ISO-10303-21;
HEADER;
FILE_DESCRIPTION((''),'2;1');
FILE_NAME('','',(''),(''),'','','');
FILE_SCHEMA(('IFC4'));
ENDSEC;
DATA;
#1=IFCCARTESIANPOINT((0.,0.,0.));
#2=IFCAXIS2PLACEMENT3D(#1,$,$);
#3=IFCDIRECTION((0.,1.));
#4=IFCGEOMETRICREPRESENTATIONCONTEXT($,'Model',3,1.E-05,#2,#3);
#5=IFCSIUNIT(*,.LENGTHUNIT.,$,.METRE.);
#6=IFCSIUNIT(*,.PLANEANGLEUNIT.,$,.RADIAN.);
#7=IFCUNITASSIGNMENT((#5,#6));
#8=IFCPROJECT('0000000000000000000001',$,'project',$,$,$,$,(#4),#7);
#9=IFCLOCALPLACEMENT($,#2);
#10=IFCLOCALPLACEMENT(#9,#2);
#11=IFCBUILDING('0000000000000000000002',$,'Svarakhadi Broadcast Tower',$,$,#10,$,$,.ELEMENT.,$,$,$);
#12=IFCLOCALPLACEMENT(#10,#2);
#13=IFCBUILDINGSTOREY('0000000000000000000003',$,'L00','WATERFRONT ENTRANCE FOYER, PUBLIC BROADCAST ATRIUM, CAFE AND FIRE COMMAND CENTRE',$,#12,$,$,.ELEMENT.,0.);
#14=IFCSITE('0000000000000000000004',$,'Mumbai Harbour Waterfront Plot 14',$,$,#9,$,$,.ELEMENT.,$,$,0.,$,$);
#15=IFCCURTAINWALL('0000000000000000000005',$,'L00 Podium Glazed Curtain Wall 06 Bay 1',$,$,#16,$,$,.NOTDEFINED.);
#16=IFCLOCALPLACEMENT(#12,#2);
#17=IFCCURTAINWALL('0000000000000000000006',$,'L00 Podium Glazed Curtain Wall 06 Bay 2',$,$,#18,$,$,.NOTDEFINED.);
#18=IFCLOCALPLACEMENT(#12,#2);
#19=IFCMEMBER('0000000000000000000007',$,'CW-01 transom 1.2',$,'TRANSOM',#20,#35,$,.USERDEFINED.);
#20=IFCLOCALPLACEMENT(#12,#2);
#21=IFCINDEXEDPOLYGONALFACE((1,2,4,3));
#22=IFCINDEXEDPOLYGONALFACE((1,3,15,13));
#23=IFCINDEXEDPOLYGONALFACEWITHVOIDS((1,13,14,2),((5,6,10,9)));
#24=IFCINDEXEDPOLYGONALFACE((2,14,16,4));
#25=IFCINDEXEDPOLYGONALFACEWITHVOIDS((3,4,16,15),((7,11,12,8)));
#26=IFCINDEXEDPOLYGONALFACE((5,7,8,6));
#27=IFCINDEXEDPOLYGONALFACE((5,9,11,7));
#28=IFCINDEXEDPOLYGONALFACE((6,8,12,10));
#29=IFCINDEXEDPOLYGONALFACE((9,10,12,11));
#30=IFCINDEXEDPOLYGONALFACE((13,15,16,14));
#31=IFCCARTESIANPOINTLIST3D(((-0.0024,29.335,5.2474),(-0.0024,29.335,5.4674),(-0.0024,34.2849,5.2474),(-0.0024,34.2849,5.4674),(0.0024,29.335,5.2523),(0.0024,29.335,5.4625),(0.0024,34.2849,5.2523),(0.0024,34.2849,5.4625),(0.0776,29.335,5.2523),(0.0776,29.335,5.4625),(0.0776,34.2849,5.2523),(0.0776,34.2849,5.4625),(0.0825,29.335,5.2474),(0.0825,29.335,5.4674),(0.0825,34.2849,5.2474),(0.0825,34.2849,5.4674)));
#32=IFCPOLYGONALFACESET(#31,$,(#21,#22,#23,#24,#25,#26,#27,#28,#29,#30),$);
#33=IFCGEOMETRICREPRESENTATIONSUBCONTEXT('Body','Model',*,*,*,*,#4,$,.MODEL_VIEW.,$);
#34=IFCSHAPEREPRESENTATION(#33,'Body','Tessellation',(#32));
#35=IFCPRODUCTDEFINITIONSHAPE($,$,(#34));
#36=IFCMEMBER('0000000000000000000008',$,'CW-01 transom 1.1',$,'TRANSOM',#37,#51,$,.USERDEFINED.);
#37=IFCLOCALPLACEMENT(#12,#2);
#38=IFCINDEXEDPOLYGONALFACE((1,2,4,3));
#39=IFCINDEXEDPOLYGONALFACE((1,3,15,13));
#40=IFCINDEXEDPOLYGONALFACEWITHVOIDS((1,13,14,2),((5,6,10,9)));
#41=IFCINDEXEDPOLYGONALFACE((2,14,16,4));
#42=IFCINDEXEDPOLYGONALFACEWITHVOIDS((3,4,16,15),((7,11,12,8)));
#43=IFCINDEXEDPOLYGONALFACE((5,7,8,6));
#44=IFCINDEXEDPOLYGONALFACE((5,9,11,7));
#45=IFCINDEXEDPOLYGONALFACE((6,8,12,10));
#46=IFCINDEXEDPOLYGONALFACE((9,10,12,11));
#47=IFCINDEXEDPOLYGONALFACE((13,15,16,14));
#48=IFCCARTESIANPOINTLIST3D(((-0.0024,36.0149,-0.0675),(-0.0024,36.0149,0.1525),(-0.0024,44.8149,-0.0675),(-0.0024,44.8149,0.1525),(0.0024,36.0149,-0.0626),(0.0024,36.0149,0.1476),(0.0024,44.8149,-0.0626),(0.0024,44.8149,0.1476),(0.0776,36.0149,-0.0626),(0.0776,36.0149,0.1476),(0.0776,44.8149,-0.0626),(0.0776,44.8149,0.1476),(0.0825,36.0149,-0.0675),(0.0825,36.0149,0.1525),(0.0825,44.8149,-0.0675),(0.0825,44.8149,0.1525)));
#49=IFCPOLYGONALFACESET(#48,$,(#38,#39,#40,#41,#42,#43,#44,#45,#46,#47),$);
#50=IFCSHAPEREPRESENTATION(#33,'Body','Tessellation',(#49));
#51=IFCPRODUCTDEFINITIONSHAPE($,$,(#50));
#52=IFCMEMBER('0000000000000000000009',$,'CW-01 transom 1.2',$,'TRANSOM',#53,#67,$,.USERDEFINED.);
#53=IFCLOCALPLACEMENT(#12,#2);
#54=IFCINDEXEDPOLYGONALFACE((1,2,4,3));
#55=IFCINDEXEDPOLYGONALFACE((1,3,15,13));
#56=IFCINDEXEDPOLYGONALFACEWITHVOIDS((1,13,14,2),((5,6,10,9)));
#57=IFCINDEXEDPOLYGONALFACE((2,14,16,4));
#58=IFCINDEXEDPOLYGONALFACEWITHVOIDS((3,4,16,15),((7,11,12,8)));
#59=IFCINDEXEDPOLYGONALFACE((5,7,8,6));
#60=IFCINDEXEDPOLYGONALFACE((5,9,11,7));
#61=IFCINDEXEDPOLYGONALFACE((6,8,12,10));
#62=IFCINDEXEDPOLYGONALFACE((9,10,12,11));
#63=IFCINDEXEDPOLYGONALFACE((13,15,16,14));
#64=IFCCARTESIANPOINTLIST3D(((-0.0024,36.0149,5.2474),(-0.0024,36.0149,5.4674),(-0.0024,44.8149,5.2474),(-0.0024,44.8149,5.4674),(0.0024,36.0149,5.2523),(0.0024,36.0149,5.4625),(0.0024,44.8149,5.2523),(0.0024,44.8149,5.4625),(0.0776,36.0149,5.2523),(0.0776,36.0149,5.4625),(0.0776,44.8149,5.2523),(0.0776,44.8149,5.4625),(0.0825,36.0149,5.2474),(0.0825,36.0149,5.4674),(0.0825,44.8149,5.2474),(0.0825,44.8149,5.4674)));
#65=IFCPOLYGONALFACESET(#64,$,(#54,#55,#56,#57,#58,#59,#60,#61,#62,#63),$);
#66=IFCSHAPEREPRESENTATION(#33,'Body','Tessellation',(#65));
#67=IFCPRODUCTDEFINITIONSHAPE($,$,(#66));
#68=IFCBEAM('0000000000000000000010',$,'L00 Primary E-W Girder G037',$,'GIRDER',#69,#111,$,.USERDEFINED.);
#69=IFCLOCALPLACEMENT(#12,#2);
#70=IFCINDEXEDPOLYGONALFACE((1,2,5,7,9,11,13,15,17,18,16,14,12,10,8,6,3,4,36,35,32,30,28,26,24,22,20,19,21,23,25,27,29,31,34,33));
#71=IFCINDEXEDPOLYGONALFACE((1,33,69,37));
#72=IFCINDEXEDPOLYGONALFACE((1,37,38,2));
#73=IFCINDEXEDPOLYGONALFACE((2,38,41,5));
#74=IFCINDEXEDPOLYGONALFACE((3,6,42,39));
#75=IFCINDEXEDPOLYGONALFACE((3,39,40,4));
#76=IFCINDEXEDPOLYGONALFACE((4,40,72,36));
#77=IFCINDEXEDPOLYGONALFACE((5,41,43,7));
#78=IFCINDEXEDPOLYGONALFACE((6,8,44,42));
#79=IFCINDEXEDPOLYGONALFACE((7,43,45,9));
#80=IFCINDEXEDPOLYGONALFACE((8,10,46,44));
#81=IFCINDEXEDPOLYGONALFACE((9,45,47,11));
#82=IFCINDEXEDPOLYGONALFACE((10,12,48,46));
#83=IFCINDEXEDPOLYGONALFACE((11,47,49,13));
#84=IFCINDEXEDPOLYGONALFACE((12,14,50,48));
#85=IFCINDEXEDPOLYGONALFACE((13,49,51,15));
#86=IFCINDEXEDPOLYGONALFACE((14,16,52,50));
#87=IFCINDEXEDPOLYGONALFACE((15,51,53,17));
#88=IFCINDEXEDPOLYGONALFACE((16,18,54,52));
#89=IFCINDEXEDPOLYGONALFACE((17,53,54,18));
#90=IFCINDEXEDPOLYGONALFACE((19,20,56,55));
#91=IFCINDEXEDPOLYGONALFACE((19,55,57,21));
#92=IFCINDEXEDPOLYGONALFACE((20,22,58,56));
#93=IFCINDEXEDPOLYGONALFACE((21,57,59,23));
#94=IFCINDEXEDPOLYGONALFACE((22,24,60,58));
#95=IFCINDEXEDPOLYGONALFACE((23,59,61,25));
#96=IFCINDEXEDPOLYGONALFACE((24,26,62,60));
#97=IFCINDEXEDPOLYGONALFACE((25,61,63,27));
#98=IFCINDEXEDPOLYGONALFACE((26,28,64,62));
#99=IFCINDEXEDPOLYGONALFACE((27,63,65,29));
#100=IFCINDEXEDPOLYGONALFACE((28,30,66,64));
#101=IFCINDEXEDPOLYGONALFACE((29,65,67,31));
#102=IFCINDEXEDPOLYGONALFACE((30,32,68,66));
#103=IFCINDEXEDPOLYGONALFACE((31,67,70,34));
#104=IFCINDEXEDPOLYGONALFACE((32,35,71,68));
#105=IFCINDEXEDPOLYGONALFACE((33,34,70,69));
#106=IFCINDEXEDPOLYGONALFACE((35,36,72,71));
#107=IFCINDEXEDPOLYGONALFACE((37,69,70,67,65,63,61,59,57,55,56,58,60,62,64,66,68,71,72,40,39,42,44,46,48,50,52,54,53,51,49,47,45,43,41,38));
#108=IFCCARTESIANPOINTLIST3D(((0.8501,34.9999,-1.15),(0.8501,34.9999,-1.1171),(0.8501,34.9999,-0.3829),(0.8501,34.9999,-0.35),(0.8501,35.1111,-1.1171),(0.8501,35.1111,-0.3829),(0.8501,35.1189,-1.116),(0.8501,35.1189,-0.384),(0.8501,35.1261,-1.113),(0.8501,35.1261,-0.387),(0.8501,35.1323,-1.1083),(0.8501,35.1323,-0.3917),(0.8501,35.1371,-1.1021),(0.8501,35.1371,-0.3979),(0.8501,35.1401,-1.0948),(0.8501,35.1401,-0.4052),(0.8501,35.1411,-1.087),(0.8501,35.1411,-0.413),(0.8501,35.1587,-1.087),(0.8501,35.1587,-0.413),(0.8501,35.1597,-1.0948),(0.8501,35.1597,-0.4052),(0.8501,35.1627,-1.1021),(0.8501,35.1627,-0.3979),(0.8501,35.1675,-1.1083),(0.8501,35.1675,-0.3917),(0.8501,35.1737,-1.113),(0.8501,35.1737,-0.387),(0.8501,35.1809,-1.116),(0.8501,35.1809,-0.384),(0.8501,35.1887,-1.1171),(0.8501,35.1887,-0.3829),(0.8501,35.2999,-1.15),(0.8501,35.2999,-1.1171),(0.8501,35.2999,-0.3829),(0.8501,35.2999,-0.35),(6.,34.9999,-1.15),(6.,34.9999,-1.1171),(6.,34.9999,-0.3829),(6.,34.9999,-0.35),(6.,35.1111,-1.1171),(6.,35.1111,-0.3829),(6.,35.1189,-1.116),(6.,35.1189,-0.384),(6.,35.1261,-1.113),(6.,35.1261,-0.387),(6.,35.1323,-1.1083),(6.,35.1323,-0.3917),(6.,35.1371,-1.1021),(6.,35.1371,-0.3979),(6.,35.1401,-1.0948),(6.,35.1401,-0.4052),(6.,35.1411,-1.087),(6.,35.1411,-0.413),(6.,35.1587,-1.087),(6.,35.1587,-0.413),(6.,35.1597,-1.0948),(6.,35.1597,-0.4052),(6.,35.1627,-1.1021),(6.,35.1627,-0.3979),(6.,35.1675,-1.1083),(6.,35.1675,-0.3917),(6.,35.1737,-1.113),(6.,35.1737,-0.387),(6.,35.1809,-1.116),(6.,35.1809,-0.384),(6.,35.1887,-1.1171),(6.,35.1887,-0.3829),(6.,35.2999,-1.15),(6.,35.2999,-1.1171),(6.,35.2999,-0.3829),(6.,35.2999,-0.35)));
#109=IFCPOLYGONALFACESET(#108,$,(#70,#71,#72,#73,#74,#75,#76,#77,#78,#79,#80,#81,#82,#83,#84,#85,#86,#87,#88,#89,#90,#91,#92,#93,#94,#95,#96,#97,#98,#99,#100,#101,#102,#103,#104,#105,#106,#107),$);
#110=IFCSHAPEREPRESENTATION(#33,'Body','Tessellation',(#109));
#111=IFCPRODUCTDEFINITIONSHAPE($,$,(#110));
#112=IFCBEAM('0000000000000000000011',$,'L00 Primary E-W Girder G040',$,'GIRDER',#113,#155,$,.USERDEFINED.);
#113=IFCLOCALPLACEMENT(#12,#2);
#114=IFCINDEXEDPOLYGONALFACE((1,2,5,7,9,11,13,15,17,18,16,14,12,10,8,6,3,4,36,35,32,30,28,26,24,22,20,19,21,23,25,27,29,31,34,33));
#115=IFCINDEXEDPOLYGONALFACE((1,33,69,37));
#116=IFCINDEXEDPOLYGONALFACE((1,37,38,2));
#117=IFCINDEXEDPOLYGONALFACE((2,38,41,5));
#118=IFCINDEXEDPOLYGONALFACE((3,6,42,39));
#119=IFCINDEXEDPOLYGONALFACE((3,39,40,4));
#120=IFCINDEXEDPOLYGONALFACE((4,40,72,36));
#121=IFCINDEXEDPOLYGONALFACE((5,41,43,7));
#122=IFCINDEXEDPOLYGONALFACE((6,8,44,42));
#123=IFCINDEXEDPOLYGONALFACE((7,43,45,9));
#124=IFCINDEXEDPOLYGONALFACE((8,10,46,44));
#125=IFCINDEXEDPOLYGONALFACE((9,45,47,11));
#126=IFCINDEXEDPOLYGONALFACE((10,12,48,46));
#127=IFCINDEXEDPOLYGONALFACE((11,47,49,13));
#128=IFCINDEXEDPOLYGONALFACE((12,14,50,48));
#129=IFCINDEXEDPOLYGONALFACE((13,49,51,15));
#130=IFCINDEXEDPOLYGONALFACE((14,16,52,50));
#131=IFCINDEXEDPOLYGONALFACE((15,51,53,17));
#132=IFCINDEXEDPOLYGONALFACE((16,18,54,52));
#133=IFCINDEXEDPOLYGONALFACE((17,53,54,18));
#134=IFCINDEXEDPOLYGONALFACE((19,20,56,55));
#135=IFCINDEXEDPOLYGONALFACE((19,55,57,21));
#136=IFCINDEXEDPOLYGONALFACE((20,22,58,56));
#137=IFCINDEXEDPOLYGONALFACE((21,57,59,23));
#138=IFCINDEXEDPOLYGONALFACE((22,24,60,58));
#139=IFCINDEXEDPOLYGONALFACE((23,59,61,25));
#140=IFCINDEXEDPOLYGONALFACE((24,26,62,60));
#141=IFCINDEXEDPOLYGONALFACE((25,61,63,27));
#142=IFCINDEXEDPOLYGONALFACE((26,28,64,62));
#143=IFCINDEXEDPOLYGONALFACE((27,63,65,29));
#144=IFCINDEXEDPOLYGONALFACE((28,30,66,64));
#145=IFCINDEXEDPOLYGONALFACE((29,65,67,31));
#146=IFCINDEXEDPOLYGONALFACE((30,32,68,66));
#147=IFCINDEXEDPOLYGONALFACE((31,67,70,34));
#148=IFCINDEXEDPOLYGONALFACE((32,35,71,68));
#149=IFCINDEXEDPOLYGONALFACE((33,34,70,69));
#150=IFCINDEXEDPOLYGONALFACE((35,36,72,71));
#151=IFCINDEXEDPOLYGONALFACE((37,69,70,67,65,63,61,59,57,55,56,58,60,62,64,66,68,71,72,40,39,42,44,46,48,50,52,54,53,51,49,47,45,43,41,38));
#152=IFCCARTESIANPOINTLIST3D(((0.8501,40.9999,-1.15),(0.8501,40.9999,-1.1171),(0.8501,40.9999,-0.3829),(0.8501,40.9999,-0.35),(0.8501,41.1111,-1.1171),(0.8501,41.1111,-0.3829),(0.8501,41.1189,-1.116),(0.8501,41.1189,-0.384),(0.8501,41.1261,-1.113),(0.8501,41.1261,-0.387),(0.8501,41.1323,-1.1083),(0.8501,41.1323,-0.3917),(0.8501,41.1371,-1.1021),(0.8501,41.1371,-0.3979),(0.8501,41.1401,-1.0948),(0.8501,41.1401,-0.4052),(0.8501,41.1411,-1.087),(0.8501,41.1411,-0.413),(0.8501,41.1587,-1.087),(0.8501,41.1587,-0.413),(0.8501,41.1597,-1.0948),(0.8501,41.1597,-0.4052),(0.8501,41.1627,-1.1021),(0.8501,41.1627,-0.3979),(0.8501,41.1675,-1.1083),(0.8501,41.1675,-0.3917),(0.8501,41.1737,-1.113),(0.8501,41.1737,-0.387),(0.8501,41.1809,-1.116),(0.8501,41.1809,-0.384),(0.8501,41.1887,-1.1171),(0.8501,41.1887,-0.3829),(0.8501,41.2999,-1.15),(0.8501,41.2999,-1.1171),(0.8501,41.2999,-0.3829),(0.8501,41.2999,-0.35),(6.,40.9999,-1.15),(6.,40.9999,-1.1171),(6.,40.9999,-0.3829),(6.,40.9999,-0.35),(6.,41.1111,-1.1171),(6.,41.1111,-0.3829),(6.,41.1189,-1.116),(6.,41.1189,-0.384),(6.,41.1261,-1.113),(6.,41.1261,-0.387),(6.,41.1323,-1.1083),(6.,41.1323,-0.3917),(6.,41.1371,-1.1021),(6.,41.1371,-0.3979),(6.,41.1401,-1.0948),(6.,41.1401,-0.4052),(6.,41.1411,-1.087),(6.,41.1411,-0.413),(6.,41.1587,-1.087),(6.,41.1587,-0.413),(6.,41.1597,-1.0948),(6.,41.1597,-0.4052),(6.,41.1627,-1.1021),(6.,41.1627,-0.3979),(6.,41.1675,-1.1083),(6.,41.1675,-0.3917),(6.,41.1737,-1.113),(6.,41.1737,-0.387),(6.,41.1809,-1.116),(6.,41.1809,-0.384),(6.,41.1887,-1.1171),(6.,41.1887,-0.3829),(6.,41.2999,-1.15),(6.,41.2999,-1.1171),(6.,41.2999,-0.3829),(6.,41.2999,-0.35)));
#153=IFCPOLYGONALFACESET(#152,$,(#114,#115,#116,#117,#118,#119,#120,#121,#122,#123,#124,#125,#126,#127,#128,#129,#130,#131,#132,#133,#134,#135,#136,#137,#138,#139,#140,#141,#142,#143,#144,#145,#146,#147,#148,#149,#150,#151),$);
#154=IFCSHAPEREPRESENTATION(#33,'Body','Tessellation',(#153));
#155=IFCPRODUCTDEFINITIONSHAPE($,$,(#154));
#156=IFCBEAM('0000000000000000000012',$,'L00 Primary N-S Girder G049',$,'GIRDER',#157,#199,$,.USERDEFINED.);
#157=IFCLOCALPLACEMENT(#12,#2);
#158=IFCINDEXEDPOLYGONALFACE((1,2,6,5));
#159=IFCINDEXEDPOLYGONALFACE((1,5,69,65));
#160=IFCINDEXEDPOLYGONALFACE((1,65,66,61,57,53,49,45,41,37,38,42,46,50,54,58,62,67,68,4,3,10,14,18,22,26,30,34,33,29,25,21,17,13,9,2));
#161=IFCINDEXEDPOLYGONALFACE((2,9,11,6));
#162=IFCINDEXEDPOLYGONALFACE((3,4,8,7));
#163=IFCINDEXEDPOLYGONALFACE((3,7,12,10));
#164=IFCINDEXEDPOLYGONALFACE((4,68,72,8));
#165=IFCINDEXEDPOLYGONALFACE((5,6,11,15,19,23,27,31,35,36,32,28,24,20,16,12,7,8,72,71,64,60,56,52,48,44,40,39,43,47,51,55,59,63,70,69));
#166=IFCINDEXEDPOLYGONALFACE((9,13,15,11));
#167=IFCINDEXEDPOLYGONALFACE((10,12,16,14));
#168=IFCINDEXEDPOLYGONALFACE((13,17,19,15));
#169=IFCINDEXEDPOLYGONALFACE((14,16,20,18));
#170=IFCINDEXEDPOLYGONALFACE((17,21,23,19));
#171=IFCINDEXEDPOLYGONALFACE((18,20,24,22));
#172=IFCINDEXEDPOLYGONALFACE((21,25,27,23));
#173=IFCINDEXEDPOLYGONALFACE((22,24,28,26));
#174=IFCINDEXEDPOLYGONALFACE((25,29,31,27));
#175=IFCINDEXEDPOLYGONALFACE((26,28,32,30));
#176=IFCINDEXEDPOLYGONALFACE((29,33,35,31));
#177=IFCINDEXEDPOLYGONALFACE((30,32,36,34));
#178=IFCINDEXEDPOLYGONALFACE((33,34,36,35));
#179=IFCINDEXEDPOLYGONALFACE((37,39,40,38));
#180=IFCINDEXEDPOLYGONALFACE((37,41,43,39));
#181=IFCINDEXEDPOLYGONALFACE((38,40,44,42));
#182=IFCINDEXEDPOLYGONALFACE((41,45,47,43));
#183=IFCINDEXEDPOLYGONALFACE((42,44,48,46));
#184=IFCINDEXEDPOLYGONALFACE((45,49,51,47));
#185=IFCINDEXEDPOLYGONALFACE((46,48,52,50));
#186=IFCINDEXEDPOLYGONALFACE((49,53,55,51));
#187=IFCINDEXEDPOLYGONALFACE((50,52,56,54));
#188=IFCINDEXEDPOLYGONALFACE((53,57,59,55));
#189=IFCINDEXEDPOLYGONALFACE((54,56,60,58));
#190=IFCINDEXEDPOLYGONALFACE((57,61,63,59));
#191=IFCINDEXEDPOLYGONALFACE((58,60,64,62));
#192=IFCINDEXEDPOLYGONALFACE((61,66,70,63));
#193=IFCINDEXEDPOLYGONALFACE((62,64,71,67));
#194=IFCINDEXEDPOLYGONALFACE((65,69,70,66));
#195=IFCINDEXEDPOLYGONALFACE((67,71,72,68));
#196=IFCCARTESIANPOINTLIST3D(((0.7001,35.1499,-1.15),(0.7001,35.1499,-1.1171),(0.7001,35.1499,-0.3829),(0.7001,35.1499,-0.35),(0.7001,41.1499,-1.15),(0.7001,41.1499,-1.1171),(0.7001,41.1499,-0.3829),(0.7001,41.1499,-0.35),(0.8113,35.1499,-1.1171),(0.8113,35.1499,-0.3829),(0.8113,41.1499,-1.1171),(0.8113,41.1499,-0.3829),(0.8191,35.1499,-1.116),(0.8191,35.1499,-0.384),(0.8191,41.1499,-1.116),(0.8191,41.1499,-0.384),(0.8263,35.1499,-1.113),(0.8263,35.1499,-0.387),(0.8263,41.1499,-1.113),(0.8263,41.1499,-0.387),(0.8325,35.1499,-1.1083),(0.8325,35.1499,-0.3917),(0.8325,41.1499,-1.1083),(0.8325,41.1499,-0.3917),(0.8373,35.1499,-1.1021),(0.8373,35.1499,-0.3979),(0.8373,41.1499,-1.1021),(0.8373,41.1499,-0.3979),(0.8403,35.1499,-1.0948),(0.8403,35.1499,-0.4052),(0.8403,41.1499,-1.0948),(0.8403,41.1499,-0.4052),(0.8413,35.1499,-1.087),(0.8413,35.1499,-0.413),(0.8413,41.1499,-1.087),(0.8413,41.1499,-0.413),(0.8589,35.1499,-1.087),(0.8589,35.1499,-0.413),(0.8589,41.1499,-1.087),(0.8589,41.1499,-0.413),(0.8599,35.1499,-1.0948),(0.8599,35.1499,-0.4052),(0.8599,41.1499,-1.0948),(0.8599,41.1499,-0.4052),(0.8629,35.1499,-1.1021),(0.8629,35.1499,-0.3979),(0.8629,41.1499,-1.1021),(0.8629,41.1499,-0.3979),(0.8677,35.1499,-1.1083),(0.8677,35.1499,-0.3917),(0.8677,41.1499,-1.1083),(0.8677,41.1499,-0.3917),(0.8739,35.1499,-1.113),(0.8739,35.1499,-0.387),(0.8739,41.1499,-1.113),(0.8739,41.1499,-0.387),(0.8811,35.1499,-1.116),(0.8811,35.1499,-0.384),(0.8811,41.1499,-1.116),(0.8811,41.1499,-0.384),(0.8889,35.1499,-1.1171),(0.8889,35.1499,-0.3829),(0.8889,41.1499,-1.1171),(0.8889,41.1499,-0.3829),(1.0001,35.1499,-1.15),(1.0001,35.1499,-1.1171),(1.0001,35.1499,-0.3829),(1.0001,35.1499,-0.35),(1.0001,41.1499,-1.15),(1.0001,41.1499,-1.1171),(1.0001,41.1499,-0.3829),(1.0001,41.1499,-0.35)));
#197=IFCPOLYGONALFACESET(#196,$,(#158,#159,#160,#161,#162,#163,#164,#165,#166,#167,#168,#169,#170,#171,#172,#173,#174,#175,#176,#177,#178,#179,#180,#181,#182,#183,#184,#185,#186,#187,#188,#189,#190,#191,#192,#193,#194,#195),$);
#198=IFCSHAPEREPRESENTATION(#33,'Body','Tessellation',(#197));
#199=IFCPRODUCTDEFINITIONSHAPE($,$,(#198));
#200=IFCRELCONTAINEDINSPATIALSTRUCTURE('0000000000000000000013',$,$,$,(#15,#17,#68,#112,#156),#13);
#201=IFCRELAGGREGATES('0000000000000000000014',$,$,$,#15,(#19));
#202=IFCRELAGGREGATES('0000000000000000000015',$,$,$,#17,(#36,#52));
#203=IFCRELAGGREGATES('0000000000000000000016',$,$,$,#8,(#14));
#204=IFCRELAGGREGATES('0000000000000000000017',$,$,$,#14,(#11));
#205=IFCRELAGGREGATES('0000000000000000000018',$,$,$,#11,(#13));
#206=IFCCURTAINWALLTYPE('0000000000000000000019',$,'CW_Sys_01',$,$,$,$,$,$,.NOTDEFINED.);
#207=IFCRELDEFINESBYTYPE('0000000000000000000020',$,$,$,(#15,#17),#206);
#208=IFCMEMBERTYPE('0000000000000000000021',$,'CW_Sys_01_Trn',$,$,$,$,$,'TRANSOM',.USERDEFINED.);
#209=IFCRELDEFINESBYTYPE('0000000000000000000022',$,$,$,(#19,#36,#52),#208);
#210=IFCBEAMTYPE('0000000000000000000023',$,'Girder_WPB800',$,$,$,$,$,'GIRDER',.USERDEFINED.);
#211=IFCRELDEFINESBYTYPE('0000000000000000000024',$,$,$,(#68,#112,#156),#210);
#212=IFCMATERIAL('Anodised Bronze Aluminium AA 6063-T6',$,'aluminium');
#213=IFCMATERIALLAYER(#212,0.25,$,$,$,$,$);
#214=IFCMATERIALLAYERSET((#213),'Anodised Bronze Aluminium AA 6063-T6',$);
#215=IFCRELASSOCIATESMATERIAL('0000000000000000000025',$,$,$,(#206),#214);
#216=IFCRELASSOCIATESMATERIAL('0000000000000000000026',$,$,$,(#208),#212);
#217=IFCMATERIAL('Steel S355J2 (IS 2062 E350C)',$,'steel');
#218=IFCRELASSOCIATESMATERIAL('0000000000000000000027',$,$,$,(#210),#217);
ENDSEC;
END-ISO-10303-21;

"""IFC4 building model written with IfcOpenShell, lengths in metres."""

from ifc_helpers import new_model, si_unit, direction, frame, origin, origin_2d, place, context, subcontext, project, spatial, hollow_rectangle, i_section, extrude, material, layer, layer_set, material_profile, profile_set, type_object, element, aggregate, save


model = new_model("IFC4")

# Units and contexts
model_context = context("Model", 3, precision=1e-05, world=origin(), true_north=direction((0.0, 1.0)))
body_context = subcontext(model_context, "Body", "Model", "MODEL_VIEW")
ifc_project = project(units=[si_unit("LENGTHUNIT", "METRE"), si_unit("PLANEANGLEUNIT", "RADIAN")], contexts=[model_context])

# Site, building, storey
site_placement = place(None, origin())
site = spatial("IfcSite", under=ifc_project, at=site_placement, Name="Mumbai Harbour Waterfront Plot 14", CompositionType="ELEMENT", RefElevation=0.0)
building_placement = place(site_placement, origin())
building = spatial("IfcBuilding", under=site, at=building_placement, Name="Svarakhadi Broadcast Tower", CompositionType="ELEMENT")
storey_placement = place(building_placement, origin())
storey = spatial("IfcBuildingStorey", under=building, at=storey_placement, Name="L00", Description="WATERFRONT ENTRANCE FOYER, PUBLIC BROADCAST ATRIUM, CAFE AND FIRE COMMAND CENTRE", CompositionType="ELEMENT", Elevation=0.0)

# Shared definitions
ifc_material_1 = material(Name="Steel S355J2 (IS 2062 E350C)", Category="steel")

# Curtain walls
ifc_material_2 = material(Name="Anodised Bronze Aluminium AA 6063-T6", Category="aluminium")
ifc_layer_1 = layer(ifc_material_2, 0.25)
ifc_layer_set_1 = layer_set([ifc_layer_1], Name="Anodised Bronze Aluminium AA 6063-T6")
curtain_wall_type = type_object("IfcCurtainWallType", Name="CW_Sys_01", PredefinedType="NOTDEFINED", material=ifc_layer_set_1)
curtain_wall_1_placement = place(storey_placement, origin())
curtain_wall_1 = element("IfcCurtainWall", 1, at=curtain_wall_1_placement, inside=storey, type_object=curtain_wall_type, Name="L00 Podium Glazed Curtain Wall 06 Bay 1", PredefinedType="NOTDEFINED")
curtain_wall_2_placement = place(storey_placement, origin())
curtain_wall_2 = element("IfcCurtainWall", 2, at=curtain_wall_2_placement, inside=storey, type_object=curtain_wall_type, Name="L00 Podium Glazed Curtain Wall 06 Bay 2", PredefinedType="NOTDEFINED")

# Members
ifc_material_profile_1 = material_profile(ifc_material_2, hollow_rectangle(XDim=0.085, YDim=0.22, WallThickness=0.0049, at=origin_2d()), Name="ALU TRANSOM 220x85x5")
ifc_profile_set_1 = profile_set([ifc_material_profile_1], Name="Anodised Bronze Aluminium AA 6063-T6")
member_type_1 = type_object("IfcMemberType", Name="CW_Sys_01_Trn", ElementType="TRANSOM", PredefinedType="USERDEFINED", material=ifc_profile_set_1)
member_1_placement = place(storey_placement, frame((0.04, 29.335, 5.3574), z_axis=(0.0, 1.0, 0.0), x_axis=(-1.0, 0.0, 0.0)))
member_1 = element("IfcMember", 3, at=member_1_placement, type_object=member_type_1, Name="CW-01 transom 1.2", ObjectType="TRANSOM", PredefinedType="USERDEFINED", context=body_context, shape_type="SweptSolid", body=[
    extrude(hollow_rectangle(XDim=0.085, YDim=0.22, WallThickness=0.0049, at=origin_2d()), origin(), (0.0, 0.0, 1.0), 4.95),
])
member_2_placement = place(storey_placement, frame((0.04, 36.0149, 0.0425), z_axis=(0.0, 1.0, 0.0), x_axis=(-1.0, 0.0, 0.0)))
member_2 = element("IfcMember", 4, at=member_2_placement, type_object=member_type_1, Name="CW-01 transom 1.1", ObjectType="TRANSOM", PredefinedType="USERDEFINED", context=body_context, shape_type="SweptSolid", body=[
    extrude(hollow_rectangle(XDim=0.085, YDim=0.22, WallThickness=0.0049, at=origin_2d()), origin(), (0.0, 0.0, 1.0), 8.8),
])
member_3_placement = place(storey_placement, frame((0.04, 36.0149, 5.3574), z_axis=(0.0, 1.0, 0.0), x_axis=(-1.0, 0.0, 0.0)))
member_3 = element("IfcMember", 5, at=member_3_placement, type_object=member_type_1, Name="CW-01 transom 1.2", ObjectType="TRANSOM", PredefinedType="USERDEFINED", context=body_context, shape_type="SweptSolid", body=[
    extrude(hollow_rectangle(XDim=0.085, YDim=0.22, WallThickness=0.0049, at=origin_2d()), origin(), (0.0, 0.0, 1.0), 8.8),
])

# Beams
ifc_material_profile_2 = material_profile(ifc_material_1, i_section(OverallWidth=0.3, OverallDepth=0.8, WebThickness=0.0176, FlangeThickness=0.033, FilletRadius=0.03, at=origin_2d()), Name="WPB 800x300x262")
ifc_profile_set_2 = profile_set([ifc_material_profile_2], Name="Steel S355J2 (IS 2062 E350C)")
beam_type_1 = type_object("IfcBeamType", Name="Girder_WPB800", ElementType="GIRDER", PredefinedType="USERDEFINED", material=ifc_profile_set_2)
for number, where, z_axis, x_axis, name in (
    (6, (0.8501, 35.1499, -0.75), (1.0, 0.0, 0.0), (0.0, 1.0, 0.0), "L00 Primary E-W Girder G037"),
    (7, (0.8501, 41.1499, -0.75), (1.0, 0.0, 0.0), (0.0, 1.0, 0.0), "L00 Primary E-W Girder G040"),
):
    element("IfcBeam", number, at=place(storey_placement, frame(where, z_axis=z_axis, x_axis=x_axis)), inside=storey, type_object=beam_type_1, Name=name, ObjectType="GIRDER", PredefinedType="USERDEFINED", context=body_context, shape_type="SweptSolid", body=[
        extrude(i_section(OverallWidth=0.3, OverallDepth=0.8, WebThickness=0.0176, FlangeThickness=0.033, FilletRadius=0.03, at=origin_2d()), origin(), (0.0, 0.0, 1.0), 5.1499),
    ])
for number, where, z_axis, x_axis, name in (
    (8, (0.8501, 35.1499, -0.75), (0.0, 1.0, 0.0), (-1.0, 0.0, 0.0), "L00 Primary N-S Girder G049"),
):
    element("IfcBeam", number, at=place(storey_placement, frame(where, z_axis=z_axis, x_axis=x_axis)), inside=storey, type_object=beam_type_1, Name=name, ObjectType="GIRDER", PredefinedType="USERDEFINED", context=body_context, shape_type="SweptSolid", body=[
        extrude(i_section(OverallWidth=0.3, OverallDepth=0.8, WebThickness=0.0176, FlangeThickness=0.033, FilletRadius=0.03, at=origin_2d()), origin(), (0.0, 0.0, 1.0), 6.0),
    ])

aggregate(curtain_wall_1, [member_1])
aggregate(curtain_wall_2, [member_2, member_3])

save(model, "model.ifc")
